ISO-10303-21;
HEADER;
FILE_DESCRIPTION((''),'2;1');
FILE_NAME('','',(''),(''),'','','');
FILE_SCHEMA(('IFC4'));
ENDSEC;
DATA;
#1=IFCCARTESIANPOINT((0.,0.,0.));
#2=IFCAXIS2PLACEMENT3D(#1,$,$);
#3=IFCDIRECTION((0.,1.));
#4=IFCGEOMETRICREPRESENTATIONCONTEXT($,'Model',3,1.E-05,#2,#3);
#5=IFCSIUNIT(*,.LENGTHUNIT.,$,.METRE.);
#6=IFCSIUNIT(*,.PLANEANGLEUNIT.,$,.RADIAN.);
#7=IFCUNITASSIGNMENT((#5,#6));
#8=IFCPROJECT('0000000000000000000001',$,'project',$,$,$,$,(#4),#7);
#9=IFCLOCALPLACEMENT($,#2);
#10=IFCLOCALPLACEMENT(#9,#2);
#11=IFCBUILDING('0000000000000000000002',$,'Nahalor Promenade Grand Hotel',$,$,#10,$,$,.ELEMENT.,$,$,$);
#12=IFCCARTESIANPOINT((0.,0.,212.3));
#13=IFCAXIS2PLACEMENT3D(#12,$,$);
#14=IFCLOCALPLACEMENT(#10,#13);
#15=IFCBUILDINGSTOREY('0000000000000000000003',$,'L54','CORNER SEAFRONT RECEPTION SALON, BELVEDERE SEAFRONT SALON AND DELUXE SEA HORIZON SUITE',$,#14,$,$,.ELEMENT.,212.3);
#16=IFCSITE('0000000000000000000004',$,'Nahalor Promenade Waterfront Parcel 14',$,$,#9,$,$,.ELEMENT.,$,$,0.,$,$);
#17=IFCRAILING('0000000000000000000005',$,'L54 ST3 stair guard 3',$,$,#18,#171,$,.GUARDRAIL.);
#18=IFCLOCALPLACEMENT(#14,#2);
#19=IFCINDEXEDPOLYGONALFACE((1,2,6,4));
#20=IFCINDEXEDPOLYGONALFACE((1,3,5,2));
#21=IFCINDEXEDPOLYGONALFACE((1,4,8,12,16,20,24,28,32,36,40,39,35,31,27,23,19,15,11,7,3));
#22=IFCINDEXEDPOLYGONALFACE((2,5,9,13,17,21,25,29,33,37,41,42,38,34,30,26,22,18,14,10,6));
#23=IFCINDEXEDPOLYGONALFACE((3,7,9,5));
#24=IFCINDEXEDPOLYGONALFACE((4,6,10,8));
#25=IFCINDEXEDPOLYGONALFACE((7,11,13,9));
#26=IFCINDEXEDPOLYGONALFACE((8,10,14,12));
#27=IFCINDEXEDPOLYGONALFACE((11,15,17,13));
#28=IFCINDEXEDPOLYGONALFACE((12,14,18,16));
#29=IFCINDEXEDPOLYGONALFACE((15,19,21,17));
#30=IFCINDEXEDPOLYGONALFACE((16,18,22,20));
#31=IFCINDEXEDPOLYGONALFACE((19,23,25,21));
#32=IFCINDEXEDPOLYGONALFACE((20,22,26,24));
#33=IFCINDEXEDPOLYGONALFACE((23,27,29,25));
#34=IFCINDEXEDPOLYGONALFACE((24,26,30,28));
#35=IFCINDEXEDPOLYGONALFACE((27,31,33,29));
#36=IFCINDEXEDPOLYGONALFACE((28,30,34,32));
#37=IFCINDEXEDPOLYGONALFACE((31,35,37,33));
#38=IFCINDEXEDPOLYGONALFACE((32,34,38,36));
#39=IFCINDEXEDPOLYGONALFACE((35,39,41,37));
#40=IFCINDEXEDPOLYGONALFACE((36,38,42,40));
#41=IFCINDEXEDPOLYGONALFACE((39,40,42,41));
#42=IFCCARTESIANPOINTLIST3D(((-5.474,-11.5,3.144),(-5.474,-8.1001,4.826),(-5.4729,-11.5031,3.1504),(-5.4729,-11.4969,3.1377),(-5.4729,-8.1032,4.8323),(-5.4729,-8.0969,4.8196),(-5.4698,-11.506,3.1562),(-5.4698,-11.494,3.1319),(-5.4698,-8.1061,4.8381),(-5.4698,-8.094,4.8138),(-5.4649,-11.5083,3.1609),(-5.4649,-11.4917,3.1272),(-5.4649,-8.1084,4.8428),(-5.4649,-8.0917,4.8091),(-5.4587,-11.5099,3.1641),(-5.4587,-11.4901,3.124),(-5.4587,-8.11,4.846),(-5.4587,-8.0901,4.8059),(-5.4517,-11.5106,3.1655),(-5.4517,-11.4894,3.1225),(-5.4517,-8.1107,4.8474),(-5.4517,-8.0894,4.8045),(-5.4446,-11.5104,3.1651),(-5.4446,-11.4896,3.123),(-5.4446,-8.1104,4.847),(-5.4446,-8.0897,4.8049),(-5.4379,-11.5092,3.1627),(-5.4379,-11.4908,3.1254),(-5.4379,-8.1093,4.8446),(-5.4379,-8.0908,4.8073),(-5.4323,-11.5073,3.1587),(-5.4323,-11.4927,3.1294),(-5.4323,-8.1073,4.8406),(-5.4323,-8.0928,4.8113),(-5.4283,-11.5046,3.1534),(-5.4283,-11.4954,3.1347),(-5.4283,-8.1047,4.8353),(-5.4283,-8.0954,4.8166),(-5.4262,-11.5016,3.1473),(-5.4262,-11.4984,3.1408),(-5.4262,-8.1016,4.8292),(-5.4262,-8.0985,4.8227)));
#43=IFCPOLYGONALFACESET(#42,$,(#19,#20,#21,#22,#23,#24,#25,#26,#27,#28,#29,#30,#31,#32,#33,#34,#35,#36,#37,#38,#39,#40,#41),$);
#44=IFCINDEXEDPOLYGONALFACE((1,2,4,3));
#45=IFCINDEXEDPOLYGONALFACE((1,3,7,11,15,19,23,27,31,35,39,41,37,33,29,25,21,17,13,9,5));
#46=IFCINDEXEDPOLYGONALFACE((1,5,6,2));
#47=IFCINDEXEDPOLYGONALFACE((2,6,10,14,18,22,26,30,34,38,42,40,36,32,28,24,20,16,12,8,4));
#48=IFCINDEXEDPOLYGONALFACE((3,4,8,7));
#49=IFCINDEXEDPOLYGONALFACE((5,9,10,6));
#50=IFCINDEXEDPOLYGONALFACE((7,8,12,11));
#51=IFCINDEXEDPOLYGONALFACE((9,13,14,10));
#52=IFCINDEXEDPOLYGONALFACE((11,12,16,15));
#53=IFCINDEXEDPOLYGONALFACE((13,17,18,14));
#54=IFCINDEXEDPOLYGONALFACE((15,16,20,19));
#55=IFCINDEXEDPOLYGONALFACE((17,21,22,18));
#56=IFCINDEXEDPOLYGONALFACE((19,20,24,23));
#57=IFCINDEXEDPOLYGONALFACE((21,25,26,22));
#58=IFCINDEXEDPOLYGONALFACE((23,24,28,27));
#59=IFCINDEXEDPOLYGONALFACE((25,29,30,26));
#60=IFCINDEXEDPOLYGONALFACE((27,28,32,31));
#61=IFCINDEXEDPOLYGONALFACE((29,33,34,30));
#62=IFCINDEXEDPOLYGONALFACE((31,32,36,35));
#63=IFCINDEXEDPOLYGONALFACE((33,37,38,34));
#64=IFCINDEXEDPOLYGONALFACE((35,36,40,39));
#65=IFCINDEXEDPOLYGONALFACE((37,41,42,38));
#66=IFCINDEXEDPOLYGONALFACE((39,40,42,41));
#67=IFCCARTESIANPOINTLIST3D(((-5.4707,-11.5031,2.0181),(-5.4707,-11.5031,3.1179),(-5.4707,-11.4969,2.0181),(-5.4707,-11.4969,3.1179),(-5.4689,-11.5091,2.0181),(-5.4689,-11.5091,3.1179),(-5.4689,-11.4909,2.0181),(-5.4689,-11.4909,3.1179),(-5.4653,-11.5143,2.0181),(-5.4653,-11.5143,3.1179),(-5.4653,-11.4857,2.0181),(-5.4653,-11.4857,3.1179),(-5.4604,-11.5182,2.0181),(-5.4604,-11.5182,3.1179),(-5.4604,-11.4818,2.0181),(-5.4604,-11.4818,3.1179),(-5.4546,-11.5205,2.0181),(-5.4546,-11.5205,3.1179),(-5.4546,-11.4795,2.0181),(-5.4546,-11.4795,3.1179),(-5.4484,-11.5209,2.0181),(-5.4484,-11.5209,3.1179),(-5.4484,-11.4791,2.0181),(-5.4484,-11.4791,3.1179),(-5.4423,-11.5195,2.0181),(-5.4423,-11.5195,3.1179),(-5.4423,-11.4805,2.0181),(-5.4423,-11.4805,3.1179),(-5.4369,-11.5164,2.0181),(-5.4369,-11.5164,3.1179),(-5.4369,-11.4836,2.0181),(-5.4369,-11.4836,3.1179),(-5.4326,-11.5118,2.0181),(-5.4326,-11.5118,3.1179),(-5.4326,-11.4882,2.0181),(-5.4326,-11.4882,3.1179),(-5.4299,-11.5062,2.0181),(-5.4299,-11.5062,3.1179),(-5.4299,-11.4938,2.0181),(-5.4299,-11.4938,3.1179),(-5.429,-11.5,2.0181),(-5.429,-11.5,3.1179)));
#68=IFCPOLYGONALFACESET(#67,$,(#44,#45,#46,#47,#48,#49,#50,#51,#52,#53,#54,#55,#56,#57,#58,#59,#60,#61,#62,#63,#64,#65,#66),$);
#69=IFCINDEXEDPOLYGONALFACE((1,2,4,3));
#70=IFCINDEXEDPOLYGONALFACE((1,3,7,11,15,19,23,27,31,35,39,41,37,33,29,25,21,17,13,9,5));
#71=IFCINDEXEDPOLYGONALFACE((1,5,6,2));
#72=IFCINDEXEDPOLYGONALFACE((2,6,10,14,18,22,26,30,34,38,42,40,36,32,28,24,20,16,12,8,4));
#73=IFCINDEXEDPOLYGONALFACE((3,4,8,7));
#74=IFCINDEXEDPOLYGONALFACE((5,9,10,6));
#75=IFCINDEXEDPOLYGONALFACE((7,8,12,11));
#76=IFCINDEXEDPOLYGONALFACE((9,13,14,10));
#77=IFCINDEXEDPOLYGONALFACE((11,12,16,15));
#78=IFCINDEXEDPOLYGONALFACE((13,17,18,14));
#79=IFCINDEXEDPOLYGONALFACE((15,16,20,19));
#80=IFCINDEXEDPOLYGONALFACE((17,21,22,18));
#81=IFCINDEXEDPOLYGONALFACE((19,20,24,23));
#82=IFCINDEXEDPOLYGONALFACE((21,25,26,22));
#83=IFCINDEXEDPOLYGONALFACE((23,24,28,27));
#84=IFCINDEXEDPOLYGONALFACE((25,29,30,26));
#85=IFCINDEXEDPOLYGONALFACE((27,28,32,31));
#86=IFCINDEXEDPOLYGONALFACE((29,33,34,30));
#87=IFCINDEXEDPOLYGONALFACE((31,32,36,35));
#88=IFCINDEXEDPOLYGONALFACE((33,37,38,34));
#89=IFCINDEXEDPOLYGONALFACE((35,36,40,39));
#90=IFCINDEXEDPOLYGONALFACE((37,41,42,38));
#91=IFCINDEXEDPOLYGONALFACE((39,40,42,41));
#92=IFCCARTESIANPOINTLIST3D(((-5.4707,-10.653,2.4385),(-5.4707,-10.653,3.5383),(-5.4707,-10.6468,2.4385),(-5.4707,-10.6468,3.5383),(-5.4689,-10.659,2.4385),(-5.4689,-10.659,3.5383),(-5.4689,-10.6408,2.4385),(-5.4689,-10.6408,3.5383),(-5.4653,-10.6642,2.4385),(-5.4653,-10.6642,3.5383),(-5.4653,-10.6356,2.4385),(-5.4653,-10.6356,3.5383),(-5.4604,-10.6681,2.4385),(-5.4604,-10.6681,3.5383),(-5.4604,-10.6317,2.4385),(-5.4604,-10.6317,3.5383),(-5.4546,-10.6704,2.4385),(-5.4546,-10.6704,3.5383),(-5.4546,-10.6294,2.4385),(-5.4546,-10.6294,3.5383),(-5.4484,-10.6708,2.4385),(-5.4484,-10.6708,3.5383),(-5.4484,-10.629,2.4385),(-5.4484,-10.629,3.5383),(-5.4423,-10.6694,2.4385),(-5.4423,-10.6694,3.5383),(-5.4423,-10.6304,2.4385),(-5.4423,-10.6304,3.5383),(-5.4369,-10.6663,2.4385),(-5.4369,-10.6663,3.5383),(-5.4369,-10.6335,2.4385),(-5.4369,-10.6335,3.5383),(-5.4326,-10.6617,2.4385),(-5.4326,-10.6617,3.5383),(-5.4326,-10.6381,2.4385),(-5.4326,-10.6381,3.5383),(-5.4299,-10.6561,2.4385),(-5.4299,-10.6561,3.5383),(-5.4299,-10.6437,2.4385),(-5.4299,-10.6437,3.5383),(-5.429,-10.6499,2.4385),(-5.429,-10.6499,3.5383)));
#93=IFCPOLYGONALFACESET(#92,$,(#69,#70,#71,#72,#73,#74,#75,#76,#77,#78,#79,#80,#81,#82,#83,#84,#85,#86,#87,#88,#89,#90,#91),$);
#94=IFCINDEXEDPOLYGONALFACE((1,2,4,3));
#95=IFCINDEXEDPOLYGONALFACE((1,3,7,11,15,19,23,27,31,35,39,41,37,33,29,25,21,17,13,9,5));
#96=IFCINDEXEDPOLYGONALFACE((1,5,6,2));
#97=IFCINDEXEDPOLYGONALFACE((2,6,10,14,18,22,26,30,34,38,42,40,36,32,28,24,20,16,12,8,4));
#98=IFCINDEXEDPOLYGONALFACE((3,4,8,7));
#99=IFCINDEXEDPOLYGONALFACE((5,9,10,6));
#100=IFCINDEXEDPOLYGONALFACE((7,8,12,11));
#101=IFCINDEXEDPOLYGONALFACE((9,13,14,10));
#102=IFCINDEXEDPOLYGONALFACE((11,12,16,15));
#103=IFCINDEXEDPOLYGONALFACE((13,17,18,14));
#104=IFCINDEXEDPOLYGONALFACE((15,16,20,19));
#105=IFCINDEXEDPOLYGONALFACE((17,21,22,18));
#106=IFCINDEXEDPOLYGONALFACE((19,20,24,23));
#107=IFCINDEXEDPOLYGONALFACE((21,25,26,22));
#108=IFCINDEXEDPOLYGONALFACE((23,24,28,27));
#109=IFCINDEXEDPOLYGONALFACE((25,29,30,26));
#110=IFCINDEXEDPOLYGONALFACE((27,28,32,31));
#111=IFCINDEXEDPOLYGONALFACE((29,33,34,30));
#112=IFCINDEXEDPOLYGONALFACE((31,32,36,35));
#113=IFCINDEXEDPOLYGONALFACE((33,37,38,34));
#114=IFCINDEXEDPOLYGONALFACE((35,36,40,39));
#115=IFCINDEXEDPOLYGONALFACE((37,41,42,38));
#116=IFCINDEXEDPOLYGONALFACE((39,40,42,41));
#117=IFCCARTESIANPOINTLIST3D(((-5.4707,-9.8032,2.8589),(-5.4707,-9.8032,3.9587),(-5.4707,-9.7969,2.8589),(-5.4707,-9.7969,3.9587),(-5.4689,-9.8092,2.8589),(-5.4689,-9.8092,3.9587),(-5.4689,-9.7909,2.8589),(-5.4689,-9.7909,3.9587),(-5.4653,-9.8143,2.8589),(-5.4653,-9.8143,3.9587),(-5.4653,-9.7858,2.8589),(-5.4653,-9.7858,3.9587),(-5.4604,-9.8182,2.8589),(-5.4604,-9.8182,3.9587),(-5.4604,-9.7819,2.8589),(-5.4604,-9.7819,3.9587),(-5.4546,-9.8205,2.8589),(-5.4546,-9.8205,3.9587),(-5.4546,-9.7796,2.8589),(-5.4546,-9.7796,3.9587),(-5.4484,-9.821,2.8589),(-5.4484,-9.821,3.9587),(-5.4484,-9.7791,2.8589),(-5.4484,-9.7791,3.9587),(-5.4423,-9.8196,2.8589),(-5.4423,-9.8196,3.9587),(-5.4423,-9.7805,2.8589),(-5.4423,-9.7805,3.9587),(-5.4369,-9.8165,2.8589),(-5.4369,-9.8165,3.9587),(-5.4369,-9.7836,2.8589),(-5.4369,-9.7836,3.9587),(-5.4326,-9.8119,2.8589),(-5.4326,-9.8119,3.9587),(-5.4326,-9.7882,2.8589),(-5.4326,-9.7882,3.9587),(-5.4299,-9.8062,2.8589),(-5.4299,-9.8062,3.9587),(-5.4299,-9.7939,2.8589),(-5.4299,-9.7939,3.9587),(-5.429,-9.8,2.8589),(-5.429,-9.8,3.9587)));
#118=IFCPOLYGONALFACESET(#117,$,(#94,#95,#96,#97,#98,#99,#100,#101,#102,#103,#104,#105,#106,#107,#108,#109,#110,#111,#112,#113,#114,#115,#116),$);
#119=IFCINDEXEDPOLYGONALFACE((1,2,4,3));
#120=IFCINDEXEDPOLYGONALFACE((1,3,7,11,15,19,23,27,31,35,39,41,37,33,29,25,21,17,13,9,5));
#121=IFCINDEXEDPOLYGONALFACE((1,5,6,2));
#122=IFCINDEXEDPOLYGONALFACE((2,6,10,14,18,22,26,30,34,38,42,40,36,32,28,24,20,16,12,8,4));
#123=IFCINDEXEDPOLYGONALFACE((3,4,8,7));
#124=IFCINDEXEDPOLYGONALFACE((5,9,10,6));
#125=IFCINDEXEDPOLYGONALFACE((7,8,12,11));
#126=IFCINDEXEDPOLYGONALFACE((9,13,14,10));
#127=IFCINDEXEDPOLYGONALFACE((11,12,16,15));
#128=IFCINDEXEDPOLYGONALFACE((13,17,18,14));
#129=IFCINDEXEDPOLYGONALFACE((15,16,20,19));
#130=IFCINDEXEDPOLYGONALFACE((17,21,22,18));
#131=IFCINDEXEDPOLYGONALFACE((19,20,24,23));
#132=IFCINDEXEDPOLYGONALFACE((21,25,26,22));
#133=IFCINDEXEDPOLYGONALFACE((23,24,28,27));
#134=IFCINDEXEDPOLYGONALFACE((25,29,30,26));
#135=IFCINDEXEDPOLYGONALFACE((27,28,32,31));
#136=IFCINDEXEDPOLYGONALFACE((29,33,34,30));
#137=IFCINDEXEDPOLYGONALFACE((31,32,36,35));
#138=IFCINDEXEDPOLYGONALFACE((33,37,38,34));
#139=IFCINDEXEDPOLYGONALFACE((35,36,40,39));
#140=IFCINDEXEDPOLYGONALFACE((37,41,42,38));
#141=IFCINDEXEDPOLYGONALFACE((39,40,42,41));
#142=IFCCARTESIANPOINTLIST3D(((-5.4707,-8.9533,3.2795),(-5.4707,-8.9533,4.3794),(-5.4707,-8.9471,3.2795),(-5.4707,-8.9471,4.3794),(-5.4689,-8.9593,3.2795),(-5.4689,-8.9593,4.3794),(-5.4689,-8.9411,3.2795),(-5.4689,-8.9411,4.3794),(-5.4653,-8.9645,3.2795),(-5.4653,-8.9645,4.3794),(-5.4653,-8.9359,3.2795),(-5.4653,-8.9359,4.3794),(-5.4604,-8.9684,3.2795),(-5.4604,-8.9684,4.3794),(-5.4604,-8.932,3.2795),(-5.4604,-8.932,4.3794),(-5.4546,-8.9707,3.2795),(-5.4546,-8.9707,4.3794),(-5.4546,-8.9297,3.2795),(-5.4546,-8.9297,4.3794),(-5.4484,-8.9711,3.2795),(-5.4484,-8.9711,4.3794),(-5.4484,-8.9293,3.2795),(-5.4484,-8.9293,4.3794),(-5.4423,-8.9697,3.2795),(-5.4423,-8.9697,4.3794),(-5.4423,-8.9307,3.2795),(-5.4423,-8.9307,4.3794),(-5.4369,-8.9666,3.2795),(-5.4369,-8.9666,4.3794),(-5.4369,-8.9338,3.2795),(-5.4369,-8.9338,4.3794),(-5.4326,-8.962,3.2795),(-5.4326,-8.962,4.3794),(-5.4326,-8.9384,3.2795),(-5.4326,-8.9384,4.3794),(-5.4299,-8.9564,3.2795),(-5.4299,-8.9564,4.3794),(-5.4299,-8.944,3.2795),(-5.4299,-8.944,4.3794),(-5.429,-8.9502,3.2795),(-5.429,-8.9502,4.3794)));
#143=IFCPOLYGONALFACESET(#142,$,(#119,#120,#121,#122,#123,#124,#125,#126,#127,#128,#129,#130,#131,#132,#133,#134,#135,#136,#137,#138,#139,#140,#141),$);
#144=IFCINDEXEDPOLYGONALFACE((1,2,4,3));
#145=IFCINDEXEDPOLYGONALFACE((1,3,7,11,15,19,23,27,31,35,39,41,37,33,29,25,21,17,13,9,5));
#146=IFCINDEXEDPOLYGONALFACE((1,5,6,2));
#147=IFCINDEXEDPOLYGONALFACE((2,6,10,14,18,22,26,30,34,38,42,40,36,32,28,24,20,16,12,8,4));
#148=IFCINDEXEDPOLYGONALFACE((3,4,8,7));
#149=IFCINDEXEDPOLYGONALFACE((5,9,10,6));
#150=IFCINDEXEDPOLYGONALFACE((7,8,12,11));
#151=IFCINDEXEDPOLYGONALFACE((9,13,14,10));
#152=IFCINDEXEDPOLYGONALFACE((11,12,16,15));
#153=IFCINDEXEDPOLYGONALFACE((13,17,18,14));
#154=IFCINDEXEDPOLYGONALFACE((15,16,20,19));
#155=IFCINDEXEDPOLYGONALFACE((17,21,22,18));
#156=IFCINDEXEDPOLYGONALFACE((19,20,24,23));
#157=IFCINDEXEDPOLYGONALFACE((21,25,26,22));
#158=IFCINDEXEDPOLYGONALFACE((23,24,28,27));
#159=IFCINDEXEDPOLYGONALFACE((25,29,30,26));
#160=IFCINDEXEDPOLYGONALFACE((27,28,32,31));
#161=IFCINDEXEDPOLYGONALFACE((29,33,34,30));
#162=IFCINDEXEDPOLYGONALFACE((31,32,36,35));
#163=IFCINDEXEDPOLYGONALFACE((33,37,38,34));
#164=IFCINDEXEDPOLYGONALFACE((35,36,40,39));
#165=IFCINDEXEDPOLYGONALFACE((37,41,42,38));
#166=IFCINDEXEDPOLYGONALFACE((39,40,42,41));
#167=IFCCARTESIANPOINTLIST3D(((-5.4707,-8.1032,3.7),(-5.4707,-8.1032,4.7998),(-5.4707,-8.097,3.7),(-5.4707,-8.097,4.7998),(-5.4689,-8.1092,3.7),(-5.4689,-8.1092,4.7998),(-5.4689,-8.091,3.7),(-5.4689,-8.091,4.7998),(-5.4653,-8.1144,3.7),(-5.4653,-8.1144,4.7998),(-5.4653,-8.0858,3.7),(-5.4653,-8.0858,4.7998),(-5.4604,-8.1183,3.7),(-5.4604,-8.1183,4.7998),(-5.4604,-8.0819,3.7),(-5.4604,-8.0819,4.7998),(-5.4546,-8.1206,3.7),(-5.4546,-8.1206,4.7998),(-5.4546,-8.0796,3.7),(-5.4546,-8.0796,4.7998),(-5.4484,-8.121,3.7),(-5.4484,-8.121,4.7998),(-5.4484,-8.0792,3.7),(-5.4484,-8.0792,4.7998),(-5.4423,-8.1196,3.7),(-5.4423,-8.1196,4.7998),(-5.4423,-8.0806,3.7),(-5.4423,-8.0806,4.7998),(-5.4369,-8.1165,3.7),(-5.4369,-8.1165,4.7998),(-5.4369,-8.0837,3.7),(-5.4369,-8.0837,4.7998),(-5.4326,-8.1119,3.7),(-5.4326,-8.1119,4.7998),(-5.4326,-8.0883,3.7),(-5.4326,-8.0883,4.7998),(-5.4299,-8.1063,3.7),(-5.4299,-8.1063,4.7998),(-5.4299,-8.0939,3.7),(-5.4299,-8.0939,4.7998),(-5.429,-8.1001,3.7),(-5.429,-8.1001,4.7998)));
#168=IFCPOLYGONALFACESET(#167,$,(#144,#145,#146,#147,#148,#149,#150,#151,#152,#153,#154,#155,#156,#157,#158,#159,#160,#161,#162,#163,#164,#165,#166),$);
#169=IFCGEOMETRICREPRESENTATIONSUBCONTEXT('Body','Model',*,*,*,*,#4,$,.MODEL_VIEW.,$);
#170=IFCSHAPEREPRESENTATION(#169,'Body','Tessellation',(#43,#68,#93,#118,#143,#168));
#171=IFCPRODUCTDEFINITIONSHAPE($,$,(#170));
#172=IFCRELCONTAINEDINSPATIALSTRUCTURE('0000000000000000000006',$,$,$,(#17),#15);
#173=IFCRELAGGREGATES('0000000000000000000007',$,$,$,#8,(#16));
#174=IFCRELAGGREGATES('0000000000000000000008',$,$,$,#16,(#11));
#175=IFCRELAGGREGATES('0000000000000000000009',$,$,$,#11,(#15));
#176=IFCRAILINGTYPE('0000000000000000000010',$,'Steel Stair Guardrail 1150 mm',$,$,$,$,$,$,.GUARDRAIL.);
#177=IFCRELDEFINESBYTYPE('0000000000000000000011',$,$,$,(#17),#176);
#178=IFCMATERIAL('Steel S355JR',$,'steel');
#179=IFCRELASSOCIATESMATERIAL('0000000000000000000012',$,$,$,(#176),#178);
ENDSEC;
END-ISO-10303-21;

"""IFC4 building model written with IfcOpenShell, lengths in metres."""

from ifc_helpers import new_model, si_unit, direction, frame, origin, origin_2d, place, context, subcontext, project, spatial, circle, extrude, material, type_object, element, save


model = new_model("IFC4")

# Units and contexts
model_context = context("Model", 3, precision=1e-05, world=origin(), true_north=direction((0.0, 1.0)))
body_context = subcontext(model_context, "Body", "Model", "MODEL_VIEW")
ifc_project = project(units=[si_unit("LENGTHUNIT", "METRE"), si_unit("PLANEANGLEUNIT", "RADIAN")], contexts=[model_context])

# Site, building, storey
site_placement = place(None, origin())
site = spatial("IfcSite", under=ifc_project, at=site_placement, Name="Nahalor Promenade Waterfront Parcel 14", CompositionType="ELEMENT", RefElevation=0.0)
building_placement = place(site_placement, origin())
building = spatial("IfcBuilding", under=site, at=building_placement, Name="Nahalor Promenade Grand Hotel", CompositionType="ELEMENT")
storey_placement = place(building_placement, frame((0.0, 0.0, 212.3)))
storey = spatial("IfcBuildingStorey", under=building, at=storey_placement, Name="L54", Description="CORNER SEAFRONT RECEPTION SALON, BELVEDERE SEAFRONT SALON AND DELUXE SEA HORIZON SUITE", CompositionType="ELEMENT", Elevation=212.3)

# Shared definitions
ifc_material_1 = material(Name="Steel S355JR", Category="steel")

# Railing
railing_type_1 = type_object("IfcRailingType", Name="Steel Stair Guardrail 1150 mm", PredefinedType="GUARDRAIL", material=ifc_material_1)
railing_1_placement = place(storey_placement, frame((-5.45, -11.5, 2.0181)))
element("IfcRailing", 1, at=railing_1_placement, inside=storey, type_object=railing_type_1, Name="L54 ST3 stair guard 3", PredefinedType="GUARDRAIL", context=body_context, shape_type="SweptSolid", body=[
    extrude(circle(Radius=0.024, at=origin_2d()), frame((0.0, 0.0, 1.126), z_axis=(0.0, 0.896324, 0.443399), x_axis=(-1.0, 0.0, 0.0)), (0.0, 0.0, 1.0), 3.7932),
    extrude(circle(Radius=0.021, at=origin_2d()), origin(), (0.0, 0.0, 1.0), 1.0999),
    extrude(circle(Radius=0.021, at=origin_2d()), frame((0.0, 0.8501, 0.4204)), (0.0, 0.0, 1.0), 1.0999),
    extrude(circle(Radius=0.021, at=origin_2d()), frame((0.0, 1.7, 0.8408)), (0.0, 0.0, 1.0), 1.0999),
    extrude(circle(Radius=0.021, at=origin_2d()), frame((0.0, 2.5498, 1.2615)), (0.0, 0.0, 1.0), 1.0999),
    extrude(circle(Radius=0.021, at=origin_2d()), frame((0.0, 3.3999, 1.6819)), (0.0, 0.0, 1.0), 1.0999),
])

save(model, "model.ifc")
